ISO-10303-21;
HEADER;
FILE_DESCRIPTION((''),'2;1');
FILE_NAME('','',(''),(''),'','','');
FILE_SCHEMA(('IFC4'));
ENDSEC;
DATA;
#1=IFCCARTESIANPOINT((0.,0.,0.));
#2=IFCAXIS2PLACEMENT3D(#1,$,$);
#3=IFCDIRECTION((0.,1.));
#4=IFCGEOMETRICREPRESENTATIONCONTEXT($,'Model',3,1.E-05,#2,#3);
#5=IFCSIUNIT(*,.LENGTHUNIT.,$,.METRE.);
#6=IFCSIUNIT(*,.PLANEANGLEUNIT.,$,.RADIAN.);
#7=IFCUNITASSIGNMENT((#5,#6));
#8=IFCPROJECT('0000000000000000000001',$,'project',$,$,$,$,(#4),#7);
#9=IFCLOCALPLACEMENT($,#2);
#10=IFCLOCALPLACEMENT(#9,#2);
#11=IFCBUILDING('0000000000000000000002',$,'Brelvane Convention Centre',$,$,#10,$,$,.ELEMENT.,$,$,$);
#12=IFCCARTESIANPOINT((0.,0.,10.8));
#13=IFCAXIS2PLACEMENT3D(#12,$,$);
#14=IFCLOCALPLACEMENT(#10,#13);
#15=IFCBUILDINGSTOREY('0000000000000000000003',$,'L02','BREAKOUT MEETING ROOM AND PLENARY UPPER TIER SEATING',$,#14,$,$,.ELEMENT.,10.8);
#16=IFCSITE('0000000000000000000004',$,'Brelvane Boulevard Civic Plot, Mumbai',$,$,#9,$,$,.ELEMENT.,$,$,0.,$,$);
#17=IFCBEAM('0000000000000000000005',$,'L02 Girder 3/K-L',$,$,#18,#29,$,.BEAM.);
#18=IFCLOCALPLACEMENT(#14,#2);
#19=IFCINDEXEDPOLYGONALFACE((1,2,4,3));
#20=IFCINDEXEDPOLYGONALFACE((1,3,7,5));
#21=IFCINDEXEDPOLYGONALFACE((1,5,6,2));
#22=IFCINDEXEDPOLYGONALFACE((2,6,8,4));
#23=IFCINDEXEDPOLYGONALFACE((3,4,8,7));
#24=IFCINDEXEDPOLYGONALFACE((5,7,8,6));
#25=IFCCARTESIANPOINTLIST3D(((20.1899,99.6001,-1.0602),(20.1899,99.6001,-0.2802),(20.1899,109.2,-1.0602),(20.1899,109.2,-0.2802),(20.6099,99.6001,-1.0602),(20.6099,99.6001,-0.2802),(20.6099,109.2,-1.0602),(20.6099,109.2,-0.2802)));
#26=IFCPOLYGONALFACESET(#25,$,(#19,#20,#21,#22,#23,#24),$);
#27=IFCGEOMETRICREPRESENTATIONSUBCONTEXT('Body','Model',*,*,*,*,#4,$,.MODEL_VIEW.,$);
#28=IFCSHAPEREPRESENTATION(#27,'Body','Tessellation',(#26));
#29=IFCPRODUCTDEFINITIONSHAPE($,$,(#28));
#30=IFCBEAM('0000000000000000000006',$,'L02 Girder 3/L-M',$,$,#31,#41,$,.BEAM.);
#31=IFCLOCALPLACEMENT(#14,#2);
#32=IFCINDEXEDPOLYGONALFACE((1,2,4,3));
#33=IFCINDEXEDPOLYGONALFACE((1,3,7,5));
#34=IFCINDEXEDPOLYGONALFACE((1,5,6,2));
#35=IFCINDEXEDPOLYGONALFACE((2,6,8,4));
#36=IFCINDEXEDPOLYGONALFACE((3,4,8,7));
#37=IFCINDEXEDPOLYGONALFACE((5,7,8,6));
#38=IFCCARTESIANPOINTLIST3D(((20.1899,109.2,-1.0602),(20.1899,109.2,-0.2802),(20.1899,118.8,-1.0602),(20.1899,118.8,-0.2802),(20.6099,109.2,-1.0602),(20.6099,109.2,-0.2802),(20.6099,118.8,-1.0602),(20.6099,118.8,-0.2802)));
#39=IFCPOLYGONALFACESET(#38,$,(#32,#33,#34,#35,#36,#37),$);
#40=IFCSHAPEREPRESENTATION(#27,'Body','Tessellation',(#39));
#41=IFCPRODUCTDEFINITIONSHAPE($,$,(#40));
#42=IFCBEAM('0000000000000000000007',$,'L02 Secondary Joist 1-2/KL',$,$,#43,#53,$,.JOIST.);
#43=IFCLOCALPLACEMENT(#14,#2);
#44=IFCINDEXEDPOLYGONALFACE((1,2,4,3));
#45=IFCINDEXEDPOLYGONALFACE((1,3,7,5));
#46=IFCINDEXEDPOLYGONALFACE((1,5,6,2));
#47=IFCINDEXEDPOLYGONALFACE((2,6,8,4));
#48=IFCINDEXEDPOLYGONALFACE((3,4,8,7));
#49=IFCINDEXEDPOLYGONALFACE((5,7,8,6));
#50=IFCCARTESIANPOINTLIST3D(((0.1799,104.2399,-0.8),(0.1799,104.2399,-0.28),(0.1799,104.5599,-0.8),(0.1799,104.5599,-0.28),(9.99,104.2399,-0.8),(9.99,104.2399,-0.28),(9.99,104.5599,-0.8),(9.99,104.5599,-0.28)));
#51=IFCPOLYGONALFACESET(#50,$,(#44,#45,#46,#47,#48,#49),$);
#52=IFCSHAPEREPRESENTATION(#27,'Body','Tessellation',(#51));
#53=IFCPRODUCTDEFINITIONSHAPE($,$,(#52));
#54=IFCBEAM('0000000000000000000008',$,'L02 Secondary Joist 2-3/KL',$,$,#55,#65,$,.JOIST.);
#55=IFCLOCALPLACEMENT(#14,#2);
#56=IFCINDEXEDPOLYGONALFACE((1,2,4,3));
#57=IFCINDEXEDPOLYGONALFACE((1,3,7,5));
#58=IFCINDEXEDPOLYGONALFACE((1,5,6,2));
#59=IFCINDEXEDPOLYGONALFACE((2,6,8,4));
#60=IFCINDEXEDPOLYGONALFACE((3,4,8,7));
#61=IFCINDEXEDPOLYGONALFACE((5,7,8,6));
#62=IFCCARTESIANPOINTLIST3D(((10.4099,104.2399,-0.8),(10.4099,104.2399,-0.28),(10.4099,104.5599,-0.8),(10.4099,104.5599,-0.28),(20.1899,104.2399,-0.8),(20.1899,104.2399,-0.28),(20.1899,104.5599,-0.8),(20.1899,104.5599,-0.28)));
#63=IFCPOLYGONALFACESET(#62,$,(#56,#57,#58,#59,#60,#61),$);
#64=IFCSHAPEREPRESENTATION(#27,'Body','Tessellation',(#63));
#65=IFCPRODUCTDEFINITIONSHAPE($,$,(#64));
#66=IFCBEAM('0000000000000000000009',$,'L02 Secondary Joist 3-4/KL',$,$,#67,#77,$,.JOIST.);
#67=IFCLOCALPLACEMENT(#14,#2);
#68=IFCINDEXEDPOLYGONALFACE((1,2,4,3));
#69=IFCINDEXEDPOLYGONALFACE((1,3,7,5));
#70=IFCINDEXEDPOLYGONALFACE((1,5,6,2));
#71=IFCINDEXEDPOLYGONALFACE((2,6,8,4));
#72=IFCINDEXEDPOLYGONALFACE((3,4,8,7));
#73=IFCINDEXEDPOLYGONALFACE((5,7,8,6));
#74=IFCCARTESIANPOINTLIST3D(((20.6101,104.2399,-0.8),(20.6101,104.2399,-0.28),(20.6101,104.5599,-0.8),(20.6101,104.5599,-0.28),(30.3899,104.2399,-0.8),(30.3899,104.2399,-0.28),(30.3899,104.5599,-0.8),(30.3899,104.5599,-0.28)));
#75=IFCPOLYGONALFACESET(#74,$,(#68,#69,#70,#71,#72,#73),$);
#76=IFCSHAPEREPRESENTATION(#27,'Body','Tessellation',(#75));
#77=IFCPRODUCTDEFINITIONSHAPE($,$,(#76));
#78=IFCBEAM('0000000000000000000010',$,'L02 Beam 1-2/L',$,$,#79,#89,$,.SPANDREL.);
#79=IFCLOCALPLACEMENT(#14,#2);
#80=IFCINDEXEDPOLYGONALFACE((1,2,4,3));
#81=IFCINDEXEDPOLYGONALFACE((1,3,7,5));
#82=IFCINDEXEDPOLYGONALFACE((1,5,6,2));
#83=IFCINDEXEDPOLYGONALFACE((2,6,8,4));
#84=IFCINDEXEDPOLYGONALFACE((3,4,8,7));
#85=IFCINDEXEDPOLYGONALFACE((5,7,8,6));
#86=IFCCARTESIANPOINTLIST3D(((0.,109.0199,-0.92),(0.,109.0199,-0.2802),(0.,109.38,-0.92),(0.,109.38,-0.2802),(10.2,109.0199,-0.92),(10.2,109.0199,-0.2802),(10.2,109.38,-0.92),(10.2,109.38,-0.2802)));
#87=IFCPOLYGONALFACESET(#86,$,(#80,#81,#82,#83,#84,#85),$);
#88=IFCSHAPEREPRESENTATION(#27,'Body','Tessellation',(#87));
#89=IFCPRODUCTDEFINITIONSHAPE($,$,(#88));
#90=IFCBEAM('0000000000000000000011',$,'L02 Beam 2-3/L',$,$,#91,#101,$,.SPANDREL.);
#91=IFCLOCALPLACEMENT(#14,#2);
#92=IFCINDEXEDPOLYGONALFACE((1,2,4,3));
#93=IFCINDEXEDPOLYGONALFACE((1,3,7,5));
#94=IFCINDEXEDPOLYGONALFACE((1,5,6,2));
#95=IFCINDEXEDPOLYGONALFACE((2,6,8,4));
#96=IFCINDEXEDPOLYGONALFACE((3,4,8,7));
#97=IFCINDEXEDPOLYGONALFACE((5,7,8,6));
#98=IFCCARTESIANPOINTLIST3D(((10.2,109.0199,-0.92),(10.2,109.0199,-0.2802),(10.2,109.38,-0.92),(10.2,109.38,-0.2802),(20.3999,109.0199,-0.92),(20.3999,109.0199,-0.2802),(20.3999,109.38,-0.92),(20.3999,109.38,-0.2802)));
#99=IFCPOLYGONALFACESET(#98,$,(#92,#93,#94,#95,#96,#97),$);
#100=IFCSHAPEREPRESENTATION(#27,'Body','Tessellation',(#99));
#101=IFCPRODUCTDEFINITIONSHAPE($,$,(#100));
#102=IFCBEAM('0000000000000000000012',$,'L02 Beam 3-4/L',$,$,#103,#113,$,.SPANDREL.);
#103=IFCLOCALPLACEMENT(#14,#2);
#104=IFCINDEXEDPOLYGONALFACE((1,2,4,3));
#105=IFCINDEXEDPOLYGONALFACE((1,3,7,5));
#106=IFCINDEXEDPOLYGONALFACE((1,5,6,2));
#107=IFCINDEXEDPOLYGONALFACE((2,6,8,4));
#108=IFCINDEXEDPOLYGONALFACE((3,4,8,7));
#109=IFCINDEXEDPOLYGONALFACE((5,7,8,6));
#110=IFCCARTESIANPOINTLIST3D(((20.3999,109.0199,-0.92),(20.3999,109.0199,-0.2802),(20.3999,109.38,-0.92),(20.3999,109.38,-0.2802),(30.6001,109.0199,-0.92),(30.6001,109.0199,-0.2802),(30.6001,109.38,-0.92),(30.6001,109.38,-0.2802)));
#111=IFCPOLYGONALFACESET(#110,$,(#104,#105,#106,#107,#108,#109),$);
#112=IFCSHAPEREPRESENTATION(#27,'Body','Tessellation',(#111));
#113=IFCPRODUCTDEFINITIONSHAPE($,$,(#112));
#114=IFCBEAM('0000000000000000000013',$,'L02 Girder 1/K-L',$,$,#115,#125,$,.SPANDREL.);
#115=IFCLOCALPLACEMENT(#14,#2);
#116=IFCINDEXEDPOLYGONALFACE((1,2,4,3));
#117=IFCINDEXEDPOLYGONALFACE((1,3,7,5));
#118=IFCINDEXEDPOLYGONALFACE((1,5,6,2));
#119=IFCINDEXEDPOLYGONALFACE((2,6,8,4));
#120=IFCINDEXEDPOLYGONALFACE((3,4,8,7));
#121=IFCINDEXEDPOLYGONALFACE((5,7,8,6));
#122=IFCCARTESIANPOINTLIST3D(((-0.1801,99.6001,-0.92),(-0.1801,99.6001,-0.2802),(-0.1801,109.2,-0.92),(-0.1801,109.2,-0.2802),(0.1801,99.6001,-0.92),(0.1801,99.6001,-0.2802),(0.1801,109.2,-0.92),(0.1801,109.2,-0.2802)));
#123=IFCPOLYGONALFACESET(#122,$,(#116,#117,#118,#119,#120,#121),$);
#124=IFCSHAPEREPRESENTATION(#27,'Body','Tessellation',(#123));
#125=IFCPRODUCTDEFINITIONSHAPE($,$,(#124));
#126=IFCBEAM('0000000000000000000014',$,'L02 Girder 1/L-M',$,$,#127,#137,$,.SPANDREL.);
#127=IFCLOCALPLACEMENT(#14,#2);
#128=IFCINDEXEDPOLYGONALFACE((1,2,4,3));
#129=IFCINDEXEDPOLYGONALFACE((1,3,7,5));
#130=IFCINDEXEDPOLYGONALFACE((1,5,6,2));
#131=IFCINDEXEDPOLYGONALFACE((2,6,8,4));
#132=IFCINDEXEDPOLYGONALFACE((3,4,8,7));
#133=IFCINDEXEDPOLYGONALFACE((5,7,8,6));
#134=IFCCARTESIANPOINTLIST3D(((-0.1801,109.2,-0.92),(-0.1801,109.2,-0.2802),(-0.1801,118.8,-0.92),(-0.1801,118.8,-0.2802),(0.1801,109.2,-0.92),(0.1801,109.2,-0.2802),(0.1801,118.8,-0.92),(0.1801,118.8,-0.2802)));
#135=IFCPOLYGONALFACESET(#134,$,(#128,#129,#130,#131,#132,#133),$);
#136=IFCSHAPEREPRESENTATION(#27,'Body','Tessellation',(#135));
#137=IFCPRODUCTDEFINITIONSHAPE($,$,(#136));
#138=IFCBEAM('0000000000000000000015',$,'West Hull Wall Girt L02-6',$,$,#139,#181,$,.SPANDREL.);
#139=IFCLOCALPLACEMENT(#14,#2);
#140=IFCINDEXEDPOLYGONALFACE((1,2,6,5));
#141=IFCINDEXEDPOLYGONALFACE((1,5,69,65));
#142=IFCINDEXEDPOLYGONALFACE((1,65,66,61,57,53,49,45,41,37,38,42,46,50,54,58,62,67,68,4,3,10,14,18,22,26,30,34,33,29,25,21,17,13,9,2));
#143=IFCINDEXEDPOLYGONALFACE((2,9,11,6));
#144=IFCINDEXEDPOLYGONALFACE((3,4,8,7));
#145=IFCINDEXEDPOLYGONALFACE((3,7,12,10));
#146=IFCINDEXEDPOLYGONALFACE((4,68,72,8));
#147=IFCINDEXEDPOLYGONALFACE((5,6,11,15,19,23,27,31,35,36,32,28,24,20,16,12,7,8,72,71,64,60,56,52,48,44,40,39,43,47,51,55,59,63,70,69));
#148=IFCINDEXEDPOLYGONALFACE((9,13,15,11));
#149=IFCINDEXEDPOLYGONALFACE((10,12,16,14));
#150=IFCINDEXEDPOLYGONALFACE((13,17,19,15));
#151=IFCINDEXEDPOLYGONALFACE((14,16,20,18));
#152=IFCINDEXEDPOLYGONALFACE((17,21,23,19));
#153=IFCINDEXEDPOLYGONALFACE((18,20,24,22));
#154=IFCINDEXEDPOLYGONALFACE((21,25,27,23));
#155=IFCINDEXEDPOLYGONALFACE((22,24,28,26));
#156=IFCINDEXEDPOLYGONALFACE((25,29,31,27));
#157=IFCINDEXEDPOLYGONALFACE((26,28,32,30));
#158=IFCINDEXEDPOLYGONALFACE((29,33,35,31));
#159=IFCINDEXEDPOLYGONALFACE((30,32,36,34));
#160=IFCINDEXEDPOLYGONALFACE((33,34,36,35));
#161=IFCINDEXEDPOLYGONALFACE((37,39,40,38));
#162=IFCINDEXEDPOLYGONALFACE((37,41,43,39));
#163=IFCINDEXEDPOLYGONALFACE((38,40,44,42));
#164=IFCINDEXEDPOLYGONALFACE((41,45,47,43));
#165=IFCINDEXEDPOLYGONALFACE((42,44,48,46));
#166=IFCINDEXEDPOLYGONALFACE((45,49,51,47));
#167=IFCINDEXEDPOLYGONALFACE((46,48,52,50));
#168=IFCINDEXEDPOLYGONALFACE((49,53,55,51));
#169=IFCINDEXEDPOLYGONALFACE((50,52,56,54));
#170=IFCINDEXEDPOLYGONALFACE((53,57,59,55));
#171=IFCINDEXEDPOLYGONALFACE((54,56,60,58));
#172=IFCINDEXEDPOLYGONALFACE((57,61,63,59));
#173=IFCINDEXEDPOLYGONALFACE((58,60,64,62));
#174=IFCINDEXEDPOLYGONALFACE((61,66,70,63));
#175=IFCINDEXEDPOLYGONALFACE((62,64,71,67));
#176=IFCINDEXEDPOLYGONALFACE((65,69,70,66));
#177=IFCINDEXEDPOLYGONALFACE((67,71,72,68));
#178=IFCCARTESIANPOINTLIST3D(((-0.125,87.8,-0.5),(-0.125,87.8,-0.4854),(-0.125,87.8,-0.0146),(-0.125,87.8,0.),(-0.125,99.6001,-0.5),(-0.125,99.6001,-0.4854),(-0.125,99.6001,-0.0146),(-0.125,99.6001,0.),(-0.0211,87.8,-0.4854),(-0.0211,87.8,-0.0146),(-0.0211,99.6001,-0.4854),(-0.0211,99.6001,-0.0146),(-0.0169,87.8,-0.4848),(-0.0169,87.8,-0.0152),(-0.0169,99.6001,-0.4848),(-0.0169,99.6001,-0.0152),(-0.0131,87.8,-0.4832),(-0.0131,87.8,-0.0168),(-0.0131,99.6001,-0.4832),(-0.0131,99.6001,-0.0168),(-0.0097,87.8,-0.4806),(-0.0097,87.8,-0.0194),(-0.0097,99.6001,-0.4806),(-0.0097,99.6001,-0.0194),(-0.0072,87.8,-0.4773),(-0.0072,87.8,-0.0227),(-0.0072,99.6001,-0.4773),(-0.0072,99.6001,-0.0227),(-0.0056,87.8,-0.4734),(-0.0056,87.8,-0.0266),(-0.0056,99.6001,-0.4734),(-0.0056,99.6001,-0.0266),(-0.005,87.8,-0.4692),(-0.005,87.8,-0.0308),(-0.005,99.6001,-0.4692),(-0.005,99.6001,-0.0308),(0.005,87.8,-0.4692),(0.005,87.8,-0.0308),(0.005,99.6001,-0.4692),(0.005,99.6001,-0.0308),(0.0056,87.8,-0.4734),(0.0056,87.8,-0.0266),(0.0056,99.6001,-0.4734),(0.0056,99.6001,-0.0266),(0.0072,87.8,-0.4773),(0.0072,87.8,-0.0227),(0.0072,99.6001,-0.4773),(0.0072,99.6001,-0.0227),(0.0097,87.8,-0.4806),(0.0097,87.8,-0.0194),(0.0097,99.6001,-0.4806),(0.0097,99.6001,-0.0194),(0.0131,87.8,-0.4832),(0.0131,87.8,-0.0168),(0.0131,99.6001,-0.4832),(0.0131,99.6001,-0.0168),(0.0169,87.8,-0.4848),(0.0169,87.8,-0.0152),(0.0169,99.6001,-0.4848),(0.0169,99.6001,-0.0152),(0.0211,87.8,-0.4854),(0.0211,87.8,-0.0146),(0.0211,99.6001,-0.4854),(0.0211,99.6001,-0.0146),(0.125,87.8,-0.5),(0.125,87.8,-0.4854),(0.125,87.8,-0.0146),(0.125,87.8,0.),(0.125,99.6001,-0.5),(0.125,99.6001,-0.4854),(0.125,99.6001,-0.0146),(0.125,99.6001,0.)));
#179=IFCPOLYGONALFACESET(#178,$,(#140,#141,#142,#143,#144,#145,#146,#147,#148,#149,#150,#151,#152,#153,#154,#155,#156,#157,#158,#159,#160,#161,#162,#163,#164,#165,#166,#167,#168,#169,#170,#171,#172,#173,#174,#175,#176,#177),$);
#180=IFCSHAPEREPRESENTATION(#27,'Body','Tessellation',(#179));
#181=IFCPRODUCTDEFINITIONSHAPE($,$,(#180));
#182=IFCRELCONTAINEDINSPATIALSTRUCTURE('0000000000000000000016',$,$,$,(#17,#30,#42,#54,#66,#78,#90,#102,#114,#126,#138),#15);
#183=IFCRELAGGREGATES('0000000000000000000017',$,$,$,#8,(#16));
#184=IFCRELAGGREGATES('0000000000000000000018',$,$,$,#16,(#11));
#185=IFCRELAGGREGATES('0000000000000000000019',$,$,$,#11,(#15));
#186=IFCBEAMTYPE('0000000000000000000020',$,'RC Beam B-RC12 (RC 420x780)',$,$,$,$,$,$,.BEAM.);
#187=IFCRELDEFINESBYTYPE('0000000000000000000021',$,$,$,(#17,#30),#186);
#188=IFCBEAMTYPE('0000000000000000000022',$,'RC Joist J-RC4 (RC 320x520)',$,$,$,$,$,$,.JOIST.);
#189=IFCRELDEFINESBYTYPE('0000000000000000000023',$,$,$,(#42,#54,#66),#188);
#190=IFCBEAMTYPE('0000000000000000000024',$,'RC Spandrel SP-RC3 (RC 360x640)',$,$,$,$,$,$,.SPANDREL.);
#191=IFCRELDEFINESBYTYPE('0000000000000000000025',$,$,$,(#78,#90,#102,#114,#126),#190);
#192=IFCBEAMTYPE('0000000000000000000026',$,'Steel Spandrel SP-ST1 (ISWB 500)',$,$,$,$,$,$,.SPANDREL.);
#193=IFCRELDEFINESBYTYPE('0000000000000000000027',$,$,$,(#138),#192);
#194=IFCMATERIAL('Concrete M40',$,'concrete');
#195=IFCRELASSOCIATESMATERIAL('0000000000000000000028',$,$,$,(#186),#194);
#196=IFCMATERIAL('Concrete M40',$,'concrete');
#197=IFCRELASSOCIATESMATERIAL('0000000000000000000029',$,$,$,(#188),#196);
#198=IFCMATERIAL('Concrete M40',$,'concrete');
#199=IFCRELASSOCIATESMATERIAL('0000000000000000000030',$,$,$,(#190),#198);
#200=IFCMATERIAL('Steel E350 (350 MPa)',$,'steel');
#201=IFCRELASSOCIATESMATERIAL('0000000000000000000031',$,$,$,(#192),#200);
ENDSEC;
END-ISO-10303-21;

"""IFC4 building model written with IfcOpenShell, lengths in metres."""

from ifc_helpers import new_model, si_unit, direction, frame, origin, origin_2d, place, context, subcontext, project, spatial, rectangle, i_section, extrude, material, material_profile, profile_set, type_object, element, save


model = new_model("IFC4")

# Units and contexts
model_context = context("Model", 3, precision=1e-05, world=origin(), true_north=direction((0.0, 1.0)))
body_context = subcontext(model_context, "Body", "Model", "MODEL_VIEW")
ifc_project = project(units=[si_unit("LENGTHUNIT", "METRE"), si_unit("PLANEANGLEUNIT", "RADIAN")], contexts=[model_context])

# Site, building, storey
site_placement = place(None, origin())
site = spatial("IfcSite", under=ifc_project, at=site_placement, Name="Brelvane Boulevard Civic Plot, Mumbai", CompositionType="ELEMENT", RefElevation=0.0)
building_placement = place(site_placement, origin())
building = spatial("IfcBuilding", under=site, at=building_placement, Name="Brelvane Convention Centre", CompositionType="ELEMENT")
storey_placement = place(building_placement, frame((0.0, 0.0, 10.8)))
storey = spatial("IfcBuildingStorey", under=building, at=storey_placement, Name="L02", Description="BREAKOUT MEETING ROOM AND PLENARY UPPER TIER SEATING", CompositionType="ELEMENT", Elevation=10.8)

# Beams
ifc_material_1 = material(Name="Concrete M40", Category="concrete")
ifc_material_profile_1 = material_profile(ifc_material_1, rectangle(XDim=0.4199, YDim=0.78, at=origin_2d()), Name="RC 420x780")
ifc_profile_set_1 = profile_set([ifc_material_profile_1], Name="Concrete M40")
beam_type_1 = type_object("IfcBeamType", Name="RC Beam B-RC12 (RC 420x780)", PredefinedType="BEAM", material=ifc_profile_set_1)
beam_1_placement = place(storey_placement, frame((20.3999, 99.6001, -0.6702), z_axis=(0.0, 1.0, 0.0), x_axis=(-1.0, 0.0, 0.0)))
element("IfcBeam", 1, at=beam_1_placement, inside=storey, type_object=beam_type_1, Name="L02 Girder 3/K-L", PredefinedType="BEAM", context=body_context, shape_type="SweptSolid", body=[
    extrude(rectangle(XDim=0.4199, YDim=0.78, at=origin_2d()), origin(), (0.0, 0.0, 1.0), 9.5999),
])
beam_2_placement = place(storey_placement, frame((20.3999, 109.2, -0.6702), z_axis=(0.0, 1.0, 0.0), x_axis=(-1.0, 0.0, 0.0)))
element("IfcBeam", 2, at=beam_2_placement, inside=storey, type_object=beam_type_1, Name="L02 Girder 3/L-M", PredefinedType="BEAM", context=body_context, shape_type="SweptSolid", body=[
    extrude(rectangle(XDim=0.4199, YDim=0.78, at=origin_2d()), origin(), (0.0, 0.0, 1.0), 9.6001),
])
ifc_material_2 = material(Name="Concrete M40", Category="concrete")
ifc_material_profile_2 = material_profile(ifc_material_2, rectangle(XDim=0.3201, YDim=0.52, at=origin_2d()), Name="RC 320x520")
ifc_profile_set_2 = profile_set([ifc_material_profile_2], Name="Concrete M40")
beam_type_2 = type_object("IfcBeamType", Name="RC Joist J-RC4 (RC 320x520)", PredefinedType="JOIST", material=ifc_profile_set_2)
beam_3_placement = place(storey_placement, frame((0.1799, 104.3999, -0.54), z_axis=(1.0, 0.0, 0.0), x_axis=(0.0, 1.0, 0.0)))
element("IfcBeam", 3, at=beam_3_placement, inside=storey, type_object=beam_type_2, Name="L02 Secondary Joist 1-2/KL", PredefinedType="JOIST", context=body_context, shape_type="SweptSolid", body=[
    extrude(rectangle(XDim=0.3201, YDim=0.52, at=origin_2d()), origin(), (0.0, 0.0, 1.0), 9.8101),
])
beam_4_placement = place(storey_placement, frame((10.4099, 104.3999, -0.54), z_axis=(1.0, 0.0, 0.0), x_axis=(0.0, 1.0, 0.0)))
element("IfcBeam", 4, at=beam_4_placement, inside=storey, type_object=beam_type_2, Name="L02 Secondary Joist 2-3/KL", PredefinedType="JOIST", context=body_context, shape_type="SweptSolid", body=[
    extrude(rectangle(XDim=0.3201, YDim=0.52, at=origin_2d()), origin(), (0.0, 0.0, 1.0), 9.78),
])
beam_5_placement = place(storey_placement, frame((20.6101, 104.3999, -0.54), z_axis=(1.0, 0.0, 0.0), x_axis=(0.0, 1.0, 0.0)))
element("IfcBeam", 5, at=beam_5_placement, inside=storey, type_object=beam_type_2, Name="L02 Secondary Joist 3-4/KL", PredefinedType="JOIST", context=body_context, shape_type="SweptSolid", body=[
    extrude(rectangle(XDim=0.3201, YDim=0.52, at=origin_2d()), origin(), (0.0, 0.0, 1.0), 9.7798),
])
ifc_material_3 = material(Name="Concrete M40", Category="concrete")
ifc_material_profile_3 = material_profile(ifc_material_3, rectangle(XDim=0.3601, YDim=0.6399, at=origin_2d()), Name="RC 360x640")
ifc_profile_set_3 = profile_set([ifc_material_profile_3], Name="Concrete M40")
beam_type_3 = type_object("IfcBeamType", Name="RC Spandrel SP-RC3 (RC 360x640)", PredefinedType="SPANDREL", material=ifc_profile_set_3)
for number, where, z_axis, x_axis, name in (
    (6, (0.0, 109.2, -0.6001), (1.0, 0.0, 0.0), (0.0, 1.0, 0.0), "L02 Beam 1-2/L"),
    (7, (10.2, 109.2, -0.6001), (1.0, 0.0, 0.0), (0.0, 1.0, 0.0), "L02 Beam 2-3/L"),
):
    element("IfcBeam", number, at=place(storey_placement, frame(where, z_axis=z_axis, x_axis=x_axis)), inside=storey, type_object=beam_type_3, Name=name, PredefinedType="SPANDREL", context=body_context, shape_type="SweptSolid", body=[
        extrude(rectangle(XDim=0.3601, YDim=0.6399, at=origin_2d()), origin(), (0.0, 0.0, 1.0), 10.2),
    ])
beam_6_placement = place(storey_placement, frame((20.3999, 109.2, -0.6001), z_axis=(1.0, 0.0, 0.0), x_axis=(0.0, 1.0, 0.0)))
element("IfcBeam", 8, at=beam_6_placement, inside=storey, type_object=beam_type_3, Name="L02 Beam 3-4/L", PredefinedType="SPANDREL", context=body_context, shape_type="SweptSolid", body=[
    extrude(rectangle(XDim=0.3601, YDim=0.6399, at=origin_2d()), origin(), (0.0, 0.0, 1.0), 10.2002),
])
beam_7_placement = place(storey_placement, frame((0.0, 99.6001, -0.6001), z_axis=(0.0, 1.0, 0.0), x_axis=(-1.0, 0.0, 0.0)))
element("IfcBeam", 9, at=beam_7_placement, inside=storey, type_object=beam_type_3, Name="L02 Girder 1/K-L", PredefinedType="SPANDREL", context=body_context, shape_type="SweptSolid", body=[
    extrude(rectangle(XDim=0.3601, YDim=0.6399, at=origin_2d()), origin(), (0.0, 0.0, 1.0), 9.5999),
])
beam_8_placement = place(storey_placement, frame((0.0, 109.2, -0.6001), z_axis=(0.0, 1.0, 0.0), x_axis=(-1.0, 0.0, 0.0)))
element("IfcBeam", 10, at=beam_8_placement, inside=storey, type_object=beam_type_3, Name="L02 Girder 1/L-M", PredefinedType="SPANDREL", context=body_context, shape_type="SweptSolid", body=[
    extrude(rectangle(XDim=0.3601, YDim=0.6399, at=origin_2d()), origin(), (0.0, 0.0, 1.0), 9.6001),
])
ifc_material_4 = material(Name="Steel E350 (350 MPa)", Category="steel")
ifc_material_profile_4 = material_profile(ifc_material_4, i_section(OverallWidth=0.25, OverallDepth=0.5, WebThickness=0.01, FlangeThickness=0.0146, FilletRadius=0.0161, at=origin_2d()), Name="ISWB 500")
ifc_profile_set_4 = profile_set([ifc_material_profile_4], Name="Steel E350 (350 MPa)")
beam_type_4 = type_object("IfcBeamType", Name="Steel Spandrel SP-ST1 (ISWB 500)", PredefinedType="SPANDREL", material=ifc_profile_set_4)
beam_9_placement = place(storey_placement, frame((0.0, 87.8, -0.25), z_axis=(0.0, 1.0, 0.0), x_axis=(-1.0, 0.0, 0.0)))
element("IfcBeam", 11, at=beam_9_placement, inside=storey, type_object=beam_type_4, Name="West Hull Wall Girt L02-6", PredefinedType="SPANDREL", context=body_context, shape_type="SweptSolid", body=[
    extrude(i_section(OverallWidth=0.25, OverallDepth=0.5, WebThickness=0.01, FlangeThickness=0.0146, FilletRadius=0.0161, at=origin_2d()), origin(), (0.0, 0.0, 1.0), 11.8),
])

save(model, "model.ifc")
